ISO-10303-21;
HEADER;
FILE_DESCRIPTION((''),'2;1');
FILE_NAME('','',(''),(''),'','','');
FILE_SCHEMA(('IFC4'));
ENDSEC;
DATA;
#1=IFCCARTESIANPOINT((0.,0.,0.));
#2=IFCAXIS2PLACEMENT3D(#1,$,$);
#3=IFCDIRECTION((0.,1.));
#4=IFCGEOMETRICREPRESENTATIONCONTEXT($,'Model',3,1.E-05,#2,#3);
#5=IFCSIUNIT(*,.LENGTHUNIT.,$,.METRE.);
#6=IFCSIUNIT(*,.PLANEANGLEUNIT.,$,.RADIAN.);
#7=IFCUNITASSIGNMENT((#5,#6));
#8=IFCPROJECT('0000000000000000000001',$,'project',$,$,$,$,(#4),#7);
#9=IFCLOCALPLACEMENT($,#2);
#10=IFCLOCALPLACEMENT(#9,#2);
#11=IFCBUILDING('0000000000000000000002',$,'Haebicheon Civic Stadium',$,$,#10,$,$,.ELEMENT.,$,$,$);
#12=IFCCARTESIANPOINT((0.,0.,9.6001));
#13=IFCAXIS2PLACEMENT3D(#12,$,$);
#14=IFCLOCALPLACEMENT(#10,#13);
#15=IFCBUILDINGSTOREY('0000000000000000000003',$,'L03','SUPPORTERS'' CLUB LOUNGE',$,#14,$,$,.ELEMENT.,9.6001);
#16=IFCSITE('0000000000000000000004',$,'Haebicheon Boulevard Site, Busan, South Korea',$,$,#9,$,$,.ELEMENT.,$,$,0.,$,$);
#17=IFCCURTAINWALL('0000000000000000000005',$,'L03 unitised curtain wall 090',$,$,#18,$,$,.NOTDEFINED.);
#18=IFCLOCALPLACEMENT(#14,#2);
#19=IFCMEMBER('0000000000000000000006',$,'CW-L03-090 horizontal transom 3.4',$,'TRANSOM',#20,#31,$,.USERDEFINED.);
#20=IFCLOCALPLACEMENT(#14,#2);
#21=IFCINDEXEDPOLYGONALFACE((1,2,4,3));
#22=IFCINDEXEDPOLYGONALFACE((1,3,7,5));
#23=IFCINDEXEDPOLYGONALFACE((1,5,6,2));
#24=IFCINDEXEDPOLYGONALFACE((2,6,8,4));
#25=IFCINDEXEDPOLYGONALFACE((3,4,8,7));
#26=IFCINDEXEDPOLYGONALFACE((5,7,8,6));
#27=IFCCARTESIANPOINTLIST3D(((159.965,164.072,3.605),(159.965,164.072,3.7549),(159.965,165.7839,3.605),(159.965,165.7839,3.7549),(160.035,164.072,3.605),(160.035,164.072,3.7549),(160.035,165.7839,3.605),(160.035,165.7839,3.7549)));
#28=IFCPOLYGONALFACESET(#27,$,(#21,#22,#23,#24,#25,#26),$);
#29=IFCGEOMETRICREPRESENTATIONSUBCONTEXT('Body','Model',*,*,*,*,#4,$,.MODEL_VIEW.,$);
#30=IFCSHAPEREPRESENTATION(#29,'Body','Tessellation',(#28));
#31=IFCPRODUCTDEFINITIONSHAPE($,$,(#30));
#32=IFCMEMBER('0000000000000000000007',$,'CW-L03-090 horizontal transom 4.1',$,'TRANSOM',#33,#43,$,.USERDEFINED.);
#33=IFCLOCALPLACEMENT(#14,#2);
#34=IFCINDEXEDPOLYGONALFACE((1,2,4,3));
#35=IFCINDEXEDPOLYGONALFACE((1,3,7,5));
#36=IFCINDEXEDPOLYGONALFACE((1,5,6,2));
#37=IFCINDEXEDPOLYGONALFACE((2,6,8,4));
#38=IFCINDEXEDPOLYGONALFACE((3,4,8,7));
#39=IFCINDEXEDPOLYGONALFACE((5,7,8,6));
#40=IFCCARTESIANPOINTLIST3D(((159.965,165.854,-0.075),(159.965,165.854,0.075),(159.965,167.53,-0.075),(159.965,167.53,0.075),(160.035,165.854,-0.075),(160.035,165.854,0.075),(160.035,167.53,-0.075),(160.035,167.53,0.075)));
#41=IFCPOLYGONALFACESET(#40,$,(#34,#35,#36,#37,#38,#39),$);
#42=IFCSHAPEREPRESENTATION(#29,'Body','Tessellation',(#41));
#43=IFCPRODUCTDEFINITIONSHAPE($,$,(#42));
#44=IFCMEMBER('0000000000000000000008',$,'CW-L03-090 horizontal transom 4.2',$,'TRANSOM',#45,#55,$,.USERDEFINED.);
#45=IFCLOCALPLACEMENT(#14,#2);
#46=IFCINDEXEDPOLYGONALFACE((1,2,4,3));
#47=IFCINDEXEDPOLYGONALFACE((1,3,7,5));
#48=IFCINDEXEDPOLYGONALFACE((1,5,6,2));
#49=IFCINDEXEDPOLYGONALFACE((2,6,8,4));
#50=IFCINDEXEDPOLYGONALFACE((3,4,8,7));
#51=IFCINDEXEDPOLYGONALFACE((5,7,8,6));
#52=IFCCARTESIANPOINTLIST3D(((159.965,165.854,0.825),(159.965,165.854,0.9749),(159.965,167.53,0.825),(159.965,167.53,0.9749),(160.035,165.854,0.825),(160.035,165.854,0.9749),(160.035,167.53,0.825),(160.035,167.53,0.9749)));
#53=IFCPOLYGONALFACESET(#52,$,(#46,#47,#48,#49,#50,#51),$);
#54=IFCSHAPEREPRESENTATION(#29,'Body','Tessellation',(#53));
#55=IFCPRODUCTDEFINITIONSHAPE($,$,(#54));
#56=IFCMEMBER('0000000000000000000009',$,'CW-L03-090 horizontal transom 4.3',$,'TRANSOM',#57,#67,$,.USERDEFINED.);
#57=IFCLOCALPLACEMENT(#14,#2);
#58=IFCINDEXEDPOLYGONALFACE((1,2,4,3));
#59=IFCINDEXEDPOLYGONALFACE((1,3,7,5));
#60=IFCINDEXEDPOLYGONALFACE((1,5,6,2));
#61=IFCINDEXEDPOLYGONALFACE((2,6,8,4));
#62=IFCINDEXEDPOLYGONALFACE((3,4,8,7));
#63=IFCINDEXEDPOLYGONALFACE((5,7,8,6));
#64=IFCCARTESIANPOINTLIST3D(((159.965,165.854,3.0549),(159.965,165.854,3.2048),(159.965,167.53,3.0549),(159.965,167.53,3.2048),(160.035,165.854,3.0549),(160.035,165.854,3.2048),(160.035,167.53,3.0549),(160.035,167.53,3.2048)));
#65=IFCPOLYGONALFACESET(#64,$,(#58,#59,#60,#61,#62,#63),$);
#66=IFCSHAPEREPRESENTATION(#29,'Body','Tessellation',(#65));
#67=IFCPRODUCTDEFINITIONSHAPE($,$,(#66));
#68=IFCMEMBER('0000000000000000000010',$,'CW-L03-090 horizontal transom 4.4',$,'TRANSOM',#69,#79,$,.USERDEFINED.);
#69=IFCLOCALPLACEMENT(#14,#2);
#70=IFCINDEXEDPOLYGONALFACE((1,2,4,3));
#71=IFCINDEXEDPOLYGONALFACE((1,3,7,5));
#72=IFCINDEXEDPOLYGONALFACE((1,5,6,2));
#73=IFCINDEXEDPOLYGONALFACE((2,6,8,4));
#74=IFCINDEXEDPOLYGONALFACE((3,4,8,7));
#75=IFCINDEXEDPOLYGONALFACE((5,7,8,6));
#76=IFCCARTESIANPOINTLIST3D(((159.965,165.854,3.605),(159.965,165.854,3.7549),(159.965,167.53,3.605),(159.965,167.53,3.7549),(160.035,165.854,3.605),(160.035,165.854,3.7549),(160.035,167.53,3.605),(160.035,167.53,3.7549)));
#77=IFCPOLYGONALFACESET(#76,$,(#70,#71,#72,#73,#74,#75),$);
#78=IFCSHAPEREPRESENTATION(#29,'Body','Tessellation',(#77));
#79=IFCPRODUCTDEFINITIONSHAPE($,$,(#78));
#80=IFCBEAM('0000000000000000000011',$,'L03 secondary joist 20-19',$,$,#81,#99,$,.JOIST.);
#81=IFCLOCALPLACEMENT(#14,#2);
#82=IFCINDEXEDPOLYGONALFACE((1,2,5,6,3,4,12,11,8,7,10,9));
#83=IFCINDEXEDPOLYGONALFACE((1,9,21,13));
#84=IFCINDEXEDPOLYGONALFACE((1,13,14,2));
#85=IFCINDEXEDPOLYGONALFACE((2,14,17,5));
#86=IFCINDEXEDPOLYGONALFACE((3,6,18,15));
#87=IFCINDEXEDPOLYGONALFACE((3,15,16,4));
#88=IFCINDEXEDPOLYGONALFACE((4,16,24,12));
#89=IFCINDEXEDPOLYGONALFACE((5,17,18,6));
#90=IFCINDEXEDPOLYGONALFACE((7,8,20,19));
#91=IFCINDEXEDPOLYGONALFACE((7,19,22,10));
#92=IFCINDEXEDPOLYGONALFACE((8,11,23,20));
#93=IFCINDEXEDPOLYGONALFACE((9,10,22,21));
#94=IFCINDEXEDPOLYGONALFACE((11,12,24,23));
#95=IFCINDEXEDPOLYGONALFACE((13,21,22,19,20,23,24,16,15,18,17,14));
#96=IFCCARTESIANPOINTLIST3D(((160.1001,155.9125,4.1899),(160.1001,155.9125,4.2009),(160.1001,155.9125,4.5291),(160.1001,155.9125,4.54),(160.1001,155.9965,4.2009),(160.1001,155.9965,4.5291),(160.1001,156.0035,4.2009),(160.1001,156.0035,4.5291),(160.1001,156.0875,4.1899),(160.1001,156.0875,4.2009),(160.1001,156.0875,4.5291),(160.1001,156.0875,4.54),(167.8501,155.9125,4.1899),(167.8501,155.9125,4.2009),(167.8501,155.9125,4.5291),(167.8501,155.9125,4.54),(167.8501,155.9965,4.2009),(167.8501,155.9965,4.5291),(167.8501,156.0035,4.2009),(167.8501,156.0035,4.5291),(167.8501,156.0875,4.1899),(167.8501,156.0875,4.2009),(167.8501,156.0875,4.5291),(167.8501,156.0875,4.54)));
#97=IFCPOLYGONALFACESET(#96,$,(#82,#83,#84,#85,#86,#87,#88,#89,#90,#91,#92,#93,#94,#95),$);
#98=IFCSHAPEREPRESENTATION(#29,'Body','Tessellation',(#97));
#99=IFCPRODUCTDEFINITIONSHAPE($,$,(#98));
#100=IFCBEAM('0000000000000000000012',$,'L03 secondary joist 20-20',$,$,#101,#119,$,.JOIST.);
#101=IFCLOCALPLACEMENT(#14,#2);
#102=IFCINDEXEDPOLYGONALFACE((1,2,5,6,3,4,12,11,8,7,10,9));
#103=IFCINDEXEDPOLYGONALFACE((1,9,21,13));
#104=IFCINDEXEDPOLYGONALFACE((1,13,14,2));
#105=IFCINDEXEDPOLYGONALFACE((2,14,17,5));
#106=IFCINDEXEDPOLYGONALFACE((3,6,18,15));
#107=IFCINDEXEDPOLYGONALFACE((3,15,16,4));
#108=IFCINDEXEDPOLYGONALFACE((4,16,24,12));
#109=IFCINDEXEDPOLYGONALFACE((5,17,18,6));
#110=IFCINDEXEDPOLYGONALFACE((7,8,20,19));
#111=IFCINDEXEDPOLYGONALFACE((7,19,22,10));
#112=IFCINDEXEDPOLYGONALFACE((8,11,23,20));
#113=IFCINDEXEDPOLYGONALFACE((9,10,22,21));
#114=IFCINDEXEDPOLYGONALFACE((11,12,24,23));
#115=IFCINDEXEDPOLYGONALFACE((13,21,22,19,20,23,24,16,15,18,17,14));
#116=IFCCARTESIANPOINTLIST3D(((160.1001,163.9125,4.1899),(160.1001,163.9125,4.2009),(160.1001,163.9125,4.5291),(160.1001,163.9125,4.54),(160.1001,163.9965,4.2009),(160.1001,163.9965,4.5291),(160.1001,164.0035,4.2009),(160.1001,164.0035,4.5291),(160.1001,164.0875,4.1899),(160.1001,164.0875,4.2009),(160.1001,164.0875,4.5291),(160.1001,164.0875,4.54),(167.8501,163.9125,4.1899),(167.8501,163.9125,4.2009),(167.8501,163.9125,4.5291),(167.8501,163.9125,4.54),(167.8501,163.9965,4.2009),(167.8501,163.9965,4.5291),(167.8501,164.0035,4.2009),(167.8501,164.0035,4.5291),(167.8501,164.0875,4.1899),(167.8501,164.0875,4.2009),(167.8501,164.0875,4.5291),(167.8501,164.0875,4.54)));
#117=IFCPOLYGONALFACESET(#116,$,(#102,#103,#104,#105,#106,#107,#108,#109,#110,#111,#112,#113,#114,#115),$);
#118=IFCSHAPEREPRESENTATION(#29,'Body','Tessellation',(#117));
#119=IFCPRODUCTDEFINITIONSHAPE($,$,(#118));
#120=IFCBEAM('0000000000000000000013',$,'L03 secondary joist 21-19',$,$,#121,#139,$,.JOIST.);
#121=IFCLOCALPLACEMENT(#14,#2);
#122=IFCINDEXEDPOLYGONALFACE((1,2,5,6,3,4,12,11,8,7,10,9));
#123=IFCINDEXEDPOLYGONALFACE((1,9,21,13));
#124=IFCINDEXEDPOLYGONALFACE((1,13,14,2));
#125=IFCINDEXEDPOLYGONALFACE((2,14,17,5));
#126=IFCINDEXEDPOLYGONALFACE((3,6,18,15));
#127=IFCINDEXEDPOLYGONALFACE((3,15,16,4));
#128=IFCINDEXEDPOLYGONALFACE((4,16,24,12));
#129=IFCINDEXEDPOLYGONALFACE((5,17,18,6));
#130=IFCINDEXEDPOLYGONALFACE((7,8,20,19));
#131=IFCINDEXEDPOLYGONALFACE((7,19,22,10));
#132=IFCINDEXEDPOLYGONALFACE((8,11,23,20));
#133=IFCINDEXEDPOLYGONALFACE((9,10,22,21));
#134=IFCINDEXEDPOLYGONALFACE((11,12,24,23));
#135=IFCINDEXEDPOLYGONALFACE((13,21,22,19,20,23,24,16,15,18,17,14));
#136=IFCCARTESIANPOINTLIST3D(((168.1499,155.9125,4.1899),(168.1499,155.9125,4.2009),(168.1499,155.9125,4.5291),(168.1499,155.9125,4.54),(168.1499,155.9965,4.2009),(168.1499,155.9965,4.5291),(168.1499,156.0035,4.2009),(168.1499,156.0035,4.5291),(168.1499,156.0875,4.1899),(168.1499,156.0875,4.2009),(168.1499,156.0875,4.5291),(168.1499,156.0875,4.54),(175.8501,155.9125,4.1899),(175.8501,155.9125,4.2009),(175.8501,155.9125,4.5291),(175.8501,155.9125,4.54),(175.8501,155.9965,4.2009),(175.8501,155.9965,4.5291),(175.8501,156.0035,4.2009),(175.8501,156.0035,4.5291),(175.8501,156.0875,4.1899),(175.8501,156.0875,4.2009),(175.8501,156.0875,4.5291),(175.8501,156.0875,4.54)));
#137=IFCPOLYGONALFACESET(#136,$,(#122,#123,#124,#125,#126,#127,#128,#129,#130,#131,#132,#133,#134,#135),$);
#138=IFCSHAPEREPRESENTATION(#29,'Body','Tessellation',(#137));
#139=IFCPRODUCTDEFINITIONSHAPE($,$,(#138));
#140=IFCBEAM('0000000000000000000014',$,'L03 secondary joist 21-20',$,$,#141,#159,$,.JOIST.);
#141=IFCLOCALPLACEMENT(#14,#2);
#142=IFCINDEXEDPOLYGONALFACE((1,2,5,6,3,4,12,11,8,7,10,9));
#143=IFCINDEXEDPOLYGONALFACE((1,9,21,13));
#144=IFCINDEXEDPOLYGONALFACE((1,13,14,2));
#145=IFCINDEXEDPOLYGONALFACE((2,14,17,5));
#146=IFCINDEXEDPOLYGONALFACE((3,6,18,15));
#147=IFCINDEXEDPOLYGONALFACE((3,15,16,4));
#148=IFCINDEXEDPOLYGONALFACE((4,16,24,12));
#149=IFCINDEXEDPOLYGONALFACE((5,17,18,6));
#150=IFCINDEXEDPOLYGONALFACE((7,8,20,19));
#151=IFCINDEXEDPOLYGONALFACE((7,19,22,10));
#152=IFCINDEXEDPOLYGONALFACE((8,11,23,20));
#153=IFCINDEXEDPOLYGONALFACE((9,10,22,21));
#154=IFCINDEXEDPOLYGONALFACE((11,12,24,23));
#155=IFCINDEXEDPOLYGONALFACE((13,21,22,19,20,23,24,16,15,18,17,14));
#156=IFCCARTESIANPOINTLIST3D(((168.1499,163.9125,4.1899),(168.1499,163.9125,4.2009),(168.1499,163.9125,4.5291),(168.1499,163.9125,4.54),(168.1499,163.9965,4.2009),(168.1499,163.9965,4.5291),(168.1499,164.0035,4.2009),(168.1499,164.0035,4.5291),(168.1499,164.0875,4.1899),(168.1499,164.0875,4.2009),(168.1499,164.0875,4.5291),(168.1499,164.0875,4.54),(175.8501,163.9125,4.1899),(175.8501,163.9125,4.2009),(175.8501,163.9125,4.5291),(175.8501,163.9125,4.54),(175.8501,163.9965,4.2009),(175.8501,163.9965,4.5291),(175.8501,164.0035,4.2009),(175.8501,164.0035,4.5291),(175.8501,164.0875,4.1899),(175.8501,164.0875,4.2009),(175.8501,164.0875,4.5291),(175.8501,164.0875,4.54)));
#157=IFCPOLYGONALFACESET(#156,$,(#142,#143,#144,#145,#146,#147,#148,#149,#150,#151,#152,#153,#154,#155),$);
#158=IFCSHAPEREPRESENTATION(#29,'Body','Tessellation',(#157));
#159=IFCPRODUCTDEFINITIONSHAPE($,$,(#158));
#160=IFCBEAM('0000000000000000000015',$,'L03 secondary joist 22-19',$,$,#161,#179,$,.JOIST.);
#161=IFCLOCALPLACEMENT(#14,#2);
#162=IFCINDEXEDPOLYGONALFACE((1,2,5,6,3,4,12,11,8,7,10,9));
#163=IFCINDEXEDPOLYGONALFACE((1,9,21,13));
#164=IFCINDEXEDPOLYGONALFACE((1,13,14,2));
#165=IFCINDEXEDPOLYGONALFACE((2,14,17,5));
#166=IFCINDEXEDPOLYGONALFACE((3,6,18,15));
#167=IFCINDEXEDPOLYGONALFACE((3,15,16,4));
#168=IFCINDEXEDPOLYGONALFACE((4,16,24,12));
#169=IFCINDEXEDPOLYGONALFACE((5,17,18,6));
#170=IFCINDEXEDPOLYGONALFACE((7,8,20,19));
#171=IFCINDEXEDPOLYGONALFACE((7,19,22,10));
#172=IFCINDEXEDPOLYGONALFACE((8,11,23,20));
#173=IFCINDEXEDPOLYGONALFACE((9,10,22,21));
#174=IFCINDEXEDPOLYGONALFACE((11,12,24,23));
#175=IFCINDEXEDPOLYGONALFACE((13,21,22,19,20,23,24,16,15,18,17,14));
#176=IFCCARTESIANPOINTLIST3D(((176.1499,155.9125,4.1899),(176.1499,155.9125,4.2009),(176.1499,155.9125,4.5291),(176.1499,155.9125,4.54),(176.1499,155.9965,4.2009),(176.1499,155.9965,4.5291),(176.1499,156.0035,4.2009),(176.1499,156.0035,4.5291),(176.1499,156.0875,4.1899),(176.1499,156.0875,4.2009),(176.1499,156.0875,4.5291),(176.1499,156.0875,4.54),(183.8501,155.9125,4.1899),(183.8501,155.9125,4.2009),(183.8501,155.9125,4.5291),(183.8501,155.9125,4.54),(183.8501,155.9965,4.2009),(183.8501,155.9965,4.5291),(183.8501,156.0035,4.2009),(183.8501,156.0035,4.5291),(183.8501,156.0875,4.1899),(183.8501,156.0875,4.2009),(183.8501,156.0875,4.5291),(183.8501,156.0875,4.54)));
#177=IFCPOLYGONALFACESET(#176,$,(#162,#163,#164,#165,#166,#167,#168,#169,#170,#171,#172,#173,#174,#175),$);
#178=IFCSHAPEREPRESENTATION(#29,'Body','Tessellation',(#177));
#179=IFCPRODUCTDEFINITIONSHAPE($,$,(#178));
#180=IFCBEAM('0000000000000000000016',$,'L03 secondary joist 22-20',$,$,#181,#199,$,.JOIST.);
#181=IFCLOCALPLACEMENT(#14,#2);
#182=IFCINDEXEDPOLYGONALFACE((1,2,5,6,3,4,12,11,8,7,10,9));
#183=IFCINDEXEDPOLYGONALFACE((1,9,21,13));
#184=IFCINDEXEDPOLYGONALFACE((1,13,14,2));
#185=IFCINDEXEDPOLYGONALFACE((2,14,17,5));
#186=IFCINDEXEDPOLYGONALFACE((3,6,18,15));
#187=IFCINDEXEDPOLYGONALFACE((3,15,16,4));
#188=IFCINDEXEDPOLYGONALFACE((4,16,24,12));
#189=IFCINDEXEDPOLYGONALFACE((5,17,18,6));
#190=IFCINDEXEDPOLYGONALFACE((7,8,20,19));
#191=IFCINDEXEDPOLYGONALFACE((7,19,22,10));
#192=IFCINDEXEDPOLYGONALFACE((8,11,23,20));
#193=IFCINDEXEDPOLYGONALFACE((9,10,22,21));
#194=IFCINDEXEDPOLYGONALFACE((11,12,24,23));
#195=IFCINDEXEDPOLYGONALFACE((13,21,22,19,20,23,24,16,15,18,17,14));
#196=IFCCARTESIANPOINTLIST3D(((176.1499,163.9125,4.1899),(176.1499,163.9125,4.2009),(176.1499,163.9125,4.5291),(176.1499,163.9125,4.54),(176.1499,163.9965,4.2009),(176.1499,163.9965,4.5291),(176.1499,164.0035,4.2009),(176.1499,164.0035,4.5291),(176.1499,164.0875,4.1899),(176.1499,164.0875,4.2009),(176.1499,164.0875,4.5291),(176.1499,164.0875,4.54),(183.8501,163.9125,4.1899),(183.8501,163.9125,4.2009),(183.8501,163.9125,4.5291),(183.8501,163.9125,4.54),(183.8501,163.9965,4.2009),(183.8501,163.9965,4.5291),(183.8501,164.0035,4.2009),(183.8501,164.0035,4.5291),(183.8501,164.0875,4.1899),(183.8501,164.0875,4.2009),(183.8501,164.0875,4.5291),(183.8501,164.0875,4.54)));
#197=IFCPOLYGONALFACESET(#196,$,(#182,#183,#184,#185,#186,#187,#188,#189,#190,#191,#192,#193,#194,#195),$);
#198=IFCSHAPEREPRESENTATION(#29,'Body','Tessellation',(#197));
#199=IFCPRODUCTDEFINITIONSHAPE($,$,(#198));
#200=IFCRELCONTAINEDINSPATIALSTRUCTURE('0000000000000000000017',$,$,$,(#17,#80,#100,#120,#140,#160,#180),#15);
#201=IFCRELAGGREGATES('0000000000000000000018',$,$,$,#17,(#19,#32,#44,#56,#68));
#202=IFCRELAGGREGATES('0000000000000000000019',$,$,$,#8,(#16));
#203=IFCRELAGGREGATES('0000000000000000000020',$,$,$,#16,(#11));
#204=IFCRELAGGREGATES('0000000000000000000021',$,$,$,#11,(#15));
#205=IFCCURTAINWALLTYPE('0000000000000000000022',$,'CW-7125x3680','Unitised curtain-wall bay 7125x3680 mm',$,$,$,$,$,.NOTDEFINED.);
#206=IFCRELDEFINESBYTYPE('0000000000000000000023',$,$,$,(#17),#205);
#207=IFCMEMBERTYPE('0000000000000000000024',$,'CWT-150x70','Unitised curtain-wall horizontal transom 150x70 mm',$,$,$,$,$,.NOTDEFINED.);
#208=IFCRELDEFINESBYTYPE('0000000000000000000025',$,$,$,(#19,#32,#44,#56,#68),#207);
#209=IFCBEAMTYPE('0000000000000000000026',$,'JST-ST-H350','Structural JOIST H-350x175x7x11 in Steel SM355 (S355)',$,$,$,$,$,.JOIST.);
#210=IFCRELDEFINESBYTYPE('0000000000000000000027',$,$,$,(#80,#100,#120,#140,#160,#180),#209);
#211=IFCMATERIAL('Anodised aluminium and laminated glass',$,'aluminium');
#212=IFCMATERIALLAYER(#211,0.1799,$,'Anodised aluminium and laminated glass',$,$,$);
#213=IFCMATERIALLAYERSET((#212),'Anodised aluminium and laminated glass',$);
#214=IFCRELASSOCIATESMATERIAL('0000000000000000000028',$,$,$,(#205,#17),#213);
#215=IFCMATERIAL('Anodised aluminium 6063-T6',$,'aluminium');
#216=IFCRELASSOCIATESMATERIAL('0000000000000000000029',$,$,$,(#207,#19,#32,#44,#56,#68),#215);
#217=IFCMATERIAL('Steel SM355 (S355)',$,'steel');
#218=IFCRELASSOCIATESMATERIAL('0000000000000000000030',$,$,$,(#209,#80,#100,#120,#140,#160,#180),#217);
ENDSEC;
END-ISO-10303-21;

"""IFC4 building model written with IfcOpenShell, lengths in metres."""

from ifc_helpers import new_model, si_unit, direction, frame, origin, origin_2d, place, context, subcontext, project, spatial, rectangle, i_section, extrude, material, layer, layer_set, material_profile, profile_set, type_object, element, aggregate, save


model = new_model("IFC4")

# Units and contexts
model_context = context("Model", 3, precision=1e-05, world=origin(), true_north=direction((0.0, 1.0)))
body_context = subcontext(model_context, "Body", "Model", "MODEL_VIEW")
ifc_project = project(units=[si_unit("LENGTHUNIT", "METRE"), si_unit("PLANEANGLEUNIT", "RADIAN")], contexts=[model_context])

# Site, building, storey
site_placement = place(None, origin())
site = spatial("IfcSite", under=ifc_project, at=site_placement, Name="Haebicheon Boulevard Site, Busan, South Korea", CompositionType="ELEMENT", RefElevation=0.0)
building_placement = place(site_placement, origin())
building = spatial("IfcBuilding", under=site, at=building_placement, Name="Haebicheon Civic Stadium", CompositionType="ELEMENT")
storey_placement = place(building_placement, frame((0.0, 0.0, 9.6001)))
storey = spatial("IfcBuildingStorey", under=building, at=storey_placement, Name="L03", Description="SUPPORTERS' CLUB LOUNGE", CompositionType="ELEMENT", Elevation=9.6001)

# Curtain wall, members
ifc_material_1 = material(Name="Anodised aluminium and laminated glass", Category="aluminium")
ifc_layer_1 = layer(ifc_material_1, 0.1799, Name="Anodised aluminium and laminated glass")
ifc_layer_set_1 = layer_set([ifc_layer_1], Name="Anodised aluminium and laminated glass")
curtain_wall_type = type_object("IfcCurtainWallType", Name="CW-7125x3680", Description="Unitised curtain-wall bay 7125x3680 mm", PredefinedType="NOTDEFINED", material=ifc_layer_set_1)
curtain_wall_placement = place(storey_placement, origin())
curtain_wall = element("IfcCurtainWall", 1, at=curtain_wall_placement, inside=storey, type_object=curtain_wall_type, material=ifc_layer_set_1, Name="L03 unitised curtain wall 090", PredefinedType="NOTDEFINED")
ifc_material_2 = material(Name="Anodised aluminium 6063-T6", Category="aluminium")
ifc_material_profile_1 = material_profile(ifc_material_2, rectangle(XDim=0.0701, YDim=0.1499, at=origin_2d()), Name="ALU-TRAN-70x150")
ifc_profile_set_1 = profile_set([ifc_material_profile_1], Name="Anodised aluminium 6063-T6")
member_type_1 = type_object("IfcMemberType", Name="CWT-150x70", Description="Unitised curtain-wall horizontal transom 150x70 mm", PredefinedType="NOTDEFINED", material=ifc_profile_set_1)
member_1_placement = place(storey_placement, frame((160.0, 164.072, 3.6799), z_axis=(0.0, 1.0, 0.0), x_axis=(-1.0, 0.0, 0.0)))
member_1 = element("IfcMember", 2, at=member_1_placement, type_object=member_type_1, material=ifc_profile_set_1, Name="CW-L03-090 horizontal transom 3.4", ObjectType="TRANSOM", PredefinedType="USERDEFINED", context=body_context, shape_type="SweptSolid", body=[
    extrude(rectangle(XDim=0.0701, YDim=0.1499, at=origin_2d()), origin(), (0.0, 0.0, 1.0), 1.7119),
])
member_2_placement = place(storey_placement, frame((160.0, 165.854, 0.0), z_axis=(0.0, 1.0, 0.0), x_axis=(-1.0, 0.0, 0.0)))
member_2 = element("IfcMember", 3, at=member_2_placement, type_object=member_type_1, material=ifc_profile_set_1, Name="CW-L03-090 horizontal transom 4.1", ObjectType="TRANSOM", PredefinedType="USERDEFINED", context=body_context, shape_type="SweptSolid", body=[
    extrude(rectangle(XDim=0.0701, YDim=0.1499, at=origin_2d()), origin(), (0.0, 0.0, 1.0), 1.676),
])
member_3_placement = place(storey_placement, frame((160.0, 165.854, 0.8999), z_axis=(0.0, 1.0, 0.0), x_axis=(-1.0, 0.0, 0.0)))
member_3 = element("IfcMember", 4, at=member_3_placement, type_object=member_type_1, material=ifc_profile_set_1, Name="CW-L03-090 horizontal transom 4.2", ObjectType="TRANSOM", PredefinedType="USERDEFINED", context=body_context, shape_type="SweptSolid", body=[
    extrude(rectangle(XDim=0.0701, YDim=0.1499, at=origin_2d()), origin(), (0.0, 0.0, 1.0), 1.676),
])
member_4_placement = place(storey_placement, frame((160.0, 165.854, 3.1299), z_axis=(0.0, 1.0, 0.0), x_axis=(-1.0, 0.0, 0.0)))
member_4 = element("IfcMember", 5, at=member_4_placement, type_object=member_type_1, material=ifc_profile_set_1, Name="CW-L03-090 horizontal transom 4.3", ObjectType="TRANSOM", PredefinedType="USERDEFINED", context=body_context, shape_type="SweptSolid", body=[
    extrude(rectangle(XDim=0.0701, YDim=0.1499, at=origin_2d()), origin(), (0.0, 0.0, 1.0), 1.676),
])
member_5_placement = place(storey_placement, frame((160.0, 165.854, 3.6799), z_axis=(0.0, 1.0, 0.0), x_axis=(-1.0, 0.0, 0.0)))
member_5 = element("IfcMember", 6, at=member_5_placement, type_object=member_type_1, material=ifc_profile_set_1, Name="CW-L03-090 horizontal transom 4.4", ObjectType="TRANSOM", PredefinedType="USERDEFINED", context=body_context, shape_type="SweptSolid", body=[
    extrude(rectangle(XDim=0.0701, YDim=0.1499, at=origin_2d()), origin(), (0.0, 0.0, 1.0), 1.676),
])

# Beams
ifc_material_3 = material(Name="Steel SM355 (S355)", Category="steel")
ifc_material_profile_2 = material_profile(ifc_material_3, i_section(OverallWidth=0.175, OverallDepth=0.3501, WebThickness=0.0071, FlangeThickness=0.011, at=origin_2d()), Name="H-350x175x7x11")
ifc_profile_set_2 = profile_set([ifc_material_profile_2], Name="Steel SM355 (S355)")
beam_type_1 = type_object("IfcBeamType", Name="JST-ST-H350", Description="Structural JOIST H-350x175x7x11 in Steel SM355 (S355)", PredefinedType="JOIST", material=ifc_profile_set_2)
for number, where, z_axis, x_axis, name in (
    (7, (160.1001, 156.0, 4.365), (1.0, 0.0, 0.0), (0.0, 1.0, 0.0), "L03 secondary joist 20-19"),
    (8, (160.1001, 164.0, 4.365), (1.0, 0.0, 0.0), (0.0, 1.0, 0.0), "L03 secondary joist 20-20"),
):
    element("IfcBeam", number, at=place(storey_placement, frame(where, z_axis=z_axis, x_axis=x_axis)), inside=storey, type_object=beam_type_1, material=ifc_profile_set_2, Name=name, PredefinedType="JOIST", context=body_context, shape_type="SweptSolid", body=[
        extrude(i_section(OverallWidth=0.175, OverallDepth=0.3501, WebThickness=0.0071, FlangeThickness=0.011, at=origin_2d()), origin(), (0.0, 0.0, 1.0), 7.75),
    ])
for number, where, z_axis, x_axis, name in (
    (9, (168.1499, 156.0, 4.365), (1.0, 0.0, 0.0), (0.0, 1.0, 0.0), "L03 secondary joist 21-19"),
    (10, (168.1499, 164.0, 4.365), (1.0, 0.0, 0.0), (0.0, 1.0, 0.0), "L03 secondary joist 21-20"),
    (11, (176.1499, 156.0, 4.365), (1.0, 0.0, 0.0), (0.0, 1.0, 0.0), "L03 secondary joist 22-19"),
    (12, (176.1499, 164.0, 4.365), (1.0, 0.0, 0.0), (0.0, 1.0, 0.0), "L03 secondary joist 22-20"),
):
    element("IfcBeam", number, at=place(storey_placement, frame(where, z_axis=z_axis, x_axis=x_axis)), inside=storey, type_object=beam_type_1, material=ifc_profile_set_2, Name=name, PredefinedType="JOIST", context=body_context, shape_type="SweptSolid", body=[
        extrude(i_section(OverallWidth=0.175, OverallDepth=0.3501, WebThickness=0.0071, FlangeThickness=0.011, at=origin_2d()), origin(), (0.0, 0.0, 1.0), 7.7002),
    ])

aggregate(curtain_wall, [member_1, member_2, member_3, member_4, member_5])

save(model, "model.ifc")
